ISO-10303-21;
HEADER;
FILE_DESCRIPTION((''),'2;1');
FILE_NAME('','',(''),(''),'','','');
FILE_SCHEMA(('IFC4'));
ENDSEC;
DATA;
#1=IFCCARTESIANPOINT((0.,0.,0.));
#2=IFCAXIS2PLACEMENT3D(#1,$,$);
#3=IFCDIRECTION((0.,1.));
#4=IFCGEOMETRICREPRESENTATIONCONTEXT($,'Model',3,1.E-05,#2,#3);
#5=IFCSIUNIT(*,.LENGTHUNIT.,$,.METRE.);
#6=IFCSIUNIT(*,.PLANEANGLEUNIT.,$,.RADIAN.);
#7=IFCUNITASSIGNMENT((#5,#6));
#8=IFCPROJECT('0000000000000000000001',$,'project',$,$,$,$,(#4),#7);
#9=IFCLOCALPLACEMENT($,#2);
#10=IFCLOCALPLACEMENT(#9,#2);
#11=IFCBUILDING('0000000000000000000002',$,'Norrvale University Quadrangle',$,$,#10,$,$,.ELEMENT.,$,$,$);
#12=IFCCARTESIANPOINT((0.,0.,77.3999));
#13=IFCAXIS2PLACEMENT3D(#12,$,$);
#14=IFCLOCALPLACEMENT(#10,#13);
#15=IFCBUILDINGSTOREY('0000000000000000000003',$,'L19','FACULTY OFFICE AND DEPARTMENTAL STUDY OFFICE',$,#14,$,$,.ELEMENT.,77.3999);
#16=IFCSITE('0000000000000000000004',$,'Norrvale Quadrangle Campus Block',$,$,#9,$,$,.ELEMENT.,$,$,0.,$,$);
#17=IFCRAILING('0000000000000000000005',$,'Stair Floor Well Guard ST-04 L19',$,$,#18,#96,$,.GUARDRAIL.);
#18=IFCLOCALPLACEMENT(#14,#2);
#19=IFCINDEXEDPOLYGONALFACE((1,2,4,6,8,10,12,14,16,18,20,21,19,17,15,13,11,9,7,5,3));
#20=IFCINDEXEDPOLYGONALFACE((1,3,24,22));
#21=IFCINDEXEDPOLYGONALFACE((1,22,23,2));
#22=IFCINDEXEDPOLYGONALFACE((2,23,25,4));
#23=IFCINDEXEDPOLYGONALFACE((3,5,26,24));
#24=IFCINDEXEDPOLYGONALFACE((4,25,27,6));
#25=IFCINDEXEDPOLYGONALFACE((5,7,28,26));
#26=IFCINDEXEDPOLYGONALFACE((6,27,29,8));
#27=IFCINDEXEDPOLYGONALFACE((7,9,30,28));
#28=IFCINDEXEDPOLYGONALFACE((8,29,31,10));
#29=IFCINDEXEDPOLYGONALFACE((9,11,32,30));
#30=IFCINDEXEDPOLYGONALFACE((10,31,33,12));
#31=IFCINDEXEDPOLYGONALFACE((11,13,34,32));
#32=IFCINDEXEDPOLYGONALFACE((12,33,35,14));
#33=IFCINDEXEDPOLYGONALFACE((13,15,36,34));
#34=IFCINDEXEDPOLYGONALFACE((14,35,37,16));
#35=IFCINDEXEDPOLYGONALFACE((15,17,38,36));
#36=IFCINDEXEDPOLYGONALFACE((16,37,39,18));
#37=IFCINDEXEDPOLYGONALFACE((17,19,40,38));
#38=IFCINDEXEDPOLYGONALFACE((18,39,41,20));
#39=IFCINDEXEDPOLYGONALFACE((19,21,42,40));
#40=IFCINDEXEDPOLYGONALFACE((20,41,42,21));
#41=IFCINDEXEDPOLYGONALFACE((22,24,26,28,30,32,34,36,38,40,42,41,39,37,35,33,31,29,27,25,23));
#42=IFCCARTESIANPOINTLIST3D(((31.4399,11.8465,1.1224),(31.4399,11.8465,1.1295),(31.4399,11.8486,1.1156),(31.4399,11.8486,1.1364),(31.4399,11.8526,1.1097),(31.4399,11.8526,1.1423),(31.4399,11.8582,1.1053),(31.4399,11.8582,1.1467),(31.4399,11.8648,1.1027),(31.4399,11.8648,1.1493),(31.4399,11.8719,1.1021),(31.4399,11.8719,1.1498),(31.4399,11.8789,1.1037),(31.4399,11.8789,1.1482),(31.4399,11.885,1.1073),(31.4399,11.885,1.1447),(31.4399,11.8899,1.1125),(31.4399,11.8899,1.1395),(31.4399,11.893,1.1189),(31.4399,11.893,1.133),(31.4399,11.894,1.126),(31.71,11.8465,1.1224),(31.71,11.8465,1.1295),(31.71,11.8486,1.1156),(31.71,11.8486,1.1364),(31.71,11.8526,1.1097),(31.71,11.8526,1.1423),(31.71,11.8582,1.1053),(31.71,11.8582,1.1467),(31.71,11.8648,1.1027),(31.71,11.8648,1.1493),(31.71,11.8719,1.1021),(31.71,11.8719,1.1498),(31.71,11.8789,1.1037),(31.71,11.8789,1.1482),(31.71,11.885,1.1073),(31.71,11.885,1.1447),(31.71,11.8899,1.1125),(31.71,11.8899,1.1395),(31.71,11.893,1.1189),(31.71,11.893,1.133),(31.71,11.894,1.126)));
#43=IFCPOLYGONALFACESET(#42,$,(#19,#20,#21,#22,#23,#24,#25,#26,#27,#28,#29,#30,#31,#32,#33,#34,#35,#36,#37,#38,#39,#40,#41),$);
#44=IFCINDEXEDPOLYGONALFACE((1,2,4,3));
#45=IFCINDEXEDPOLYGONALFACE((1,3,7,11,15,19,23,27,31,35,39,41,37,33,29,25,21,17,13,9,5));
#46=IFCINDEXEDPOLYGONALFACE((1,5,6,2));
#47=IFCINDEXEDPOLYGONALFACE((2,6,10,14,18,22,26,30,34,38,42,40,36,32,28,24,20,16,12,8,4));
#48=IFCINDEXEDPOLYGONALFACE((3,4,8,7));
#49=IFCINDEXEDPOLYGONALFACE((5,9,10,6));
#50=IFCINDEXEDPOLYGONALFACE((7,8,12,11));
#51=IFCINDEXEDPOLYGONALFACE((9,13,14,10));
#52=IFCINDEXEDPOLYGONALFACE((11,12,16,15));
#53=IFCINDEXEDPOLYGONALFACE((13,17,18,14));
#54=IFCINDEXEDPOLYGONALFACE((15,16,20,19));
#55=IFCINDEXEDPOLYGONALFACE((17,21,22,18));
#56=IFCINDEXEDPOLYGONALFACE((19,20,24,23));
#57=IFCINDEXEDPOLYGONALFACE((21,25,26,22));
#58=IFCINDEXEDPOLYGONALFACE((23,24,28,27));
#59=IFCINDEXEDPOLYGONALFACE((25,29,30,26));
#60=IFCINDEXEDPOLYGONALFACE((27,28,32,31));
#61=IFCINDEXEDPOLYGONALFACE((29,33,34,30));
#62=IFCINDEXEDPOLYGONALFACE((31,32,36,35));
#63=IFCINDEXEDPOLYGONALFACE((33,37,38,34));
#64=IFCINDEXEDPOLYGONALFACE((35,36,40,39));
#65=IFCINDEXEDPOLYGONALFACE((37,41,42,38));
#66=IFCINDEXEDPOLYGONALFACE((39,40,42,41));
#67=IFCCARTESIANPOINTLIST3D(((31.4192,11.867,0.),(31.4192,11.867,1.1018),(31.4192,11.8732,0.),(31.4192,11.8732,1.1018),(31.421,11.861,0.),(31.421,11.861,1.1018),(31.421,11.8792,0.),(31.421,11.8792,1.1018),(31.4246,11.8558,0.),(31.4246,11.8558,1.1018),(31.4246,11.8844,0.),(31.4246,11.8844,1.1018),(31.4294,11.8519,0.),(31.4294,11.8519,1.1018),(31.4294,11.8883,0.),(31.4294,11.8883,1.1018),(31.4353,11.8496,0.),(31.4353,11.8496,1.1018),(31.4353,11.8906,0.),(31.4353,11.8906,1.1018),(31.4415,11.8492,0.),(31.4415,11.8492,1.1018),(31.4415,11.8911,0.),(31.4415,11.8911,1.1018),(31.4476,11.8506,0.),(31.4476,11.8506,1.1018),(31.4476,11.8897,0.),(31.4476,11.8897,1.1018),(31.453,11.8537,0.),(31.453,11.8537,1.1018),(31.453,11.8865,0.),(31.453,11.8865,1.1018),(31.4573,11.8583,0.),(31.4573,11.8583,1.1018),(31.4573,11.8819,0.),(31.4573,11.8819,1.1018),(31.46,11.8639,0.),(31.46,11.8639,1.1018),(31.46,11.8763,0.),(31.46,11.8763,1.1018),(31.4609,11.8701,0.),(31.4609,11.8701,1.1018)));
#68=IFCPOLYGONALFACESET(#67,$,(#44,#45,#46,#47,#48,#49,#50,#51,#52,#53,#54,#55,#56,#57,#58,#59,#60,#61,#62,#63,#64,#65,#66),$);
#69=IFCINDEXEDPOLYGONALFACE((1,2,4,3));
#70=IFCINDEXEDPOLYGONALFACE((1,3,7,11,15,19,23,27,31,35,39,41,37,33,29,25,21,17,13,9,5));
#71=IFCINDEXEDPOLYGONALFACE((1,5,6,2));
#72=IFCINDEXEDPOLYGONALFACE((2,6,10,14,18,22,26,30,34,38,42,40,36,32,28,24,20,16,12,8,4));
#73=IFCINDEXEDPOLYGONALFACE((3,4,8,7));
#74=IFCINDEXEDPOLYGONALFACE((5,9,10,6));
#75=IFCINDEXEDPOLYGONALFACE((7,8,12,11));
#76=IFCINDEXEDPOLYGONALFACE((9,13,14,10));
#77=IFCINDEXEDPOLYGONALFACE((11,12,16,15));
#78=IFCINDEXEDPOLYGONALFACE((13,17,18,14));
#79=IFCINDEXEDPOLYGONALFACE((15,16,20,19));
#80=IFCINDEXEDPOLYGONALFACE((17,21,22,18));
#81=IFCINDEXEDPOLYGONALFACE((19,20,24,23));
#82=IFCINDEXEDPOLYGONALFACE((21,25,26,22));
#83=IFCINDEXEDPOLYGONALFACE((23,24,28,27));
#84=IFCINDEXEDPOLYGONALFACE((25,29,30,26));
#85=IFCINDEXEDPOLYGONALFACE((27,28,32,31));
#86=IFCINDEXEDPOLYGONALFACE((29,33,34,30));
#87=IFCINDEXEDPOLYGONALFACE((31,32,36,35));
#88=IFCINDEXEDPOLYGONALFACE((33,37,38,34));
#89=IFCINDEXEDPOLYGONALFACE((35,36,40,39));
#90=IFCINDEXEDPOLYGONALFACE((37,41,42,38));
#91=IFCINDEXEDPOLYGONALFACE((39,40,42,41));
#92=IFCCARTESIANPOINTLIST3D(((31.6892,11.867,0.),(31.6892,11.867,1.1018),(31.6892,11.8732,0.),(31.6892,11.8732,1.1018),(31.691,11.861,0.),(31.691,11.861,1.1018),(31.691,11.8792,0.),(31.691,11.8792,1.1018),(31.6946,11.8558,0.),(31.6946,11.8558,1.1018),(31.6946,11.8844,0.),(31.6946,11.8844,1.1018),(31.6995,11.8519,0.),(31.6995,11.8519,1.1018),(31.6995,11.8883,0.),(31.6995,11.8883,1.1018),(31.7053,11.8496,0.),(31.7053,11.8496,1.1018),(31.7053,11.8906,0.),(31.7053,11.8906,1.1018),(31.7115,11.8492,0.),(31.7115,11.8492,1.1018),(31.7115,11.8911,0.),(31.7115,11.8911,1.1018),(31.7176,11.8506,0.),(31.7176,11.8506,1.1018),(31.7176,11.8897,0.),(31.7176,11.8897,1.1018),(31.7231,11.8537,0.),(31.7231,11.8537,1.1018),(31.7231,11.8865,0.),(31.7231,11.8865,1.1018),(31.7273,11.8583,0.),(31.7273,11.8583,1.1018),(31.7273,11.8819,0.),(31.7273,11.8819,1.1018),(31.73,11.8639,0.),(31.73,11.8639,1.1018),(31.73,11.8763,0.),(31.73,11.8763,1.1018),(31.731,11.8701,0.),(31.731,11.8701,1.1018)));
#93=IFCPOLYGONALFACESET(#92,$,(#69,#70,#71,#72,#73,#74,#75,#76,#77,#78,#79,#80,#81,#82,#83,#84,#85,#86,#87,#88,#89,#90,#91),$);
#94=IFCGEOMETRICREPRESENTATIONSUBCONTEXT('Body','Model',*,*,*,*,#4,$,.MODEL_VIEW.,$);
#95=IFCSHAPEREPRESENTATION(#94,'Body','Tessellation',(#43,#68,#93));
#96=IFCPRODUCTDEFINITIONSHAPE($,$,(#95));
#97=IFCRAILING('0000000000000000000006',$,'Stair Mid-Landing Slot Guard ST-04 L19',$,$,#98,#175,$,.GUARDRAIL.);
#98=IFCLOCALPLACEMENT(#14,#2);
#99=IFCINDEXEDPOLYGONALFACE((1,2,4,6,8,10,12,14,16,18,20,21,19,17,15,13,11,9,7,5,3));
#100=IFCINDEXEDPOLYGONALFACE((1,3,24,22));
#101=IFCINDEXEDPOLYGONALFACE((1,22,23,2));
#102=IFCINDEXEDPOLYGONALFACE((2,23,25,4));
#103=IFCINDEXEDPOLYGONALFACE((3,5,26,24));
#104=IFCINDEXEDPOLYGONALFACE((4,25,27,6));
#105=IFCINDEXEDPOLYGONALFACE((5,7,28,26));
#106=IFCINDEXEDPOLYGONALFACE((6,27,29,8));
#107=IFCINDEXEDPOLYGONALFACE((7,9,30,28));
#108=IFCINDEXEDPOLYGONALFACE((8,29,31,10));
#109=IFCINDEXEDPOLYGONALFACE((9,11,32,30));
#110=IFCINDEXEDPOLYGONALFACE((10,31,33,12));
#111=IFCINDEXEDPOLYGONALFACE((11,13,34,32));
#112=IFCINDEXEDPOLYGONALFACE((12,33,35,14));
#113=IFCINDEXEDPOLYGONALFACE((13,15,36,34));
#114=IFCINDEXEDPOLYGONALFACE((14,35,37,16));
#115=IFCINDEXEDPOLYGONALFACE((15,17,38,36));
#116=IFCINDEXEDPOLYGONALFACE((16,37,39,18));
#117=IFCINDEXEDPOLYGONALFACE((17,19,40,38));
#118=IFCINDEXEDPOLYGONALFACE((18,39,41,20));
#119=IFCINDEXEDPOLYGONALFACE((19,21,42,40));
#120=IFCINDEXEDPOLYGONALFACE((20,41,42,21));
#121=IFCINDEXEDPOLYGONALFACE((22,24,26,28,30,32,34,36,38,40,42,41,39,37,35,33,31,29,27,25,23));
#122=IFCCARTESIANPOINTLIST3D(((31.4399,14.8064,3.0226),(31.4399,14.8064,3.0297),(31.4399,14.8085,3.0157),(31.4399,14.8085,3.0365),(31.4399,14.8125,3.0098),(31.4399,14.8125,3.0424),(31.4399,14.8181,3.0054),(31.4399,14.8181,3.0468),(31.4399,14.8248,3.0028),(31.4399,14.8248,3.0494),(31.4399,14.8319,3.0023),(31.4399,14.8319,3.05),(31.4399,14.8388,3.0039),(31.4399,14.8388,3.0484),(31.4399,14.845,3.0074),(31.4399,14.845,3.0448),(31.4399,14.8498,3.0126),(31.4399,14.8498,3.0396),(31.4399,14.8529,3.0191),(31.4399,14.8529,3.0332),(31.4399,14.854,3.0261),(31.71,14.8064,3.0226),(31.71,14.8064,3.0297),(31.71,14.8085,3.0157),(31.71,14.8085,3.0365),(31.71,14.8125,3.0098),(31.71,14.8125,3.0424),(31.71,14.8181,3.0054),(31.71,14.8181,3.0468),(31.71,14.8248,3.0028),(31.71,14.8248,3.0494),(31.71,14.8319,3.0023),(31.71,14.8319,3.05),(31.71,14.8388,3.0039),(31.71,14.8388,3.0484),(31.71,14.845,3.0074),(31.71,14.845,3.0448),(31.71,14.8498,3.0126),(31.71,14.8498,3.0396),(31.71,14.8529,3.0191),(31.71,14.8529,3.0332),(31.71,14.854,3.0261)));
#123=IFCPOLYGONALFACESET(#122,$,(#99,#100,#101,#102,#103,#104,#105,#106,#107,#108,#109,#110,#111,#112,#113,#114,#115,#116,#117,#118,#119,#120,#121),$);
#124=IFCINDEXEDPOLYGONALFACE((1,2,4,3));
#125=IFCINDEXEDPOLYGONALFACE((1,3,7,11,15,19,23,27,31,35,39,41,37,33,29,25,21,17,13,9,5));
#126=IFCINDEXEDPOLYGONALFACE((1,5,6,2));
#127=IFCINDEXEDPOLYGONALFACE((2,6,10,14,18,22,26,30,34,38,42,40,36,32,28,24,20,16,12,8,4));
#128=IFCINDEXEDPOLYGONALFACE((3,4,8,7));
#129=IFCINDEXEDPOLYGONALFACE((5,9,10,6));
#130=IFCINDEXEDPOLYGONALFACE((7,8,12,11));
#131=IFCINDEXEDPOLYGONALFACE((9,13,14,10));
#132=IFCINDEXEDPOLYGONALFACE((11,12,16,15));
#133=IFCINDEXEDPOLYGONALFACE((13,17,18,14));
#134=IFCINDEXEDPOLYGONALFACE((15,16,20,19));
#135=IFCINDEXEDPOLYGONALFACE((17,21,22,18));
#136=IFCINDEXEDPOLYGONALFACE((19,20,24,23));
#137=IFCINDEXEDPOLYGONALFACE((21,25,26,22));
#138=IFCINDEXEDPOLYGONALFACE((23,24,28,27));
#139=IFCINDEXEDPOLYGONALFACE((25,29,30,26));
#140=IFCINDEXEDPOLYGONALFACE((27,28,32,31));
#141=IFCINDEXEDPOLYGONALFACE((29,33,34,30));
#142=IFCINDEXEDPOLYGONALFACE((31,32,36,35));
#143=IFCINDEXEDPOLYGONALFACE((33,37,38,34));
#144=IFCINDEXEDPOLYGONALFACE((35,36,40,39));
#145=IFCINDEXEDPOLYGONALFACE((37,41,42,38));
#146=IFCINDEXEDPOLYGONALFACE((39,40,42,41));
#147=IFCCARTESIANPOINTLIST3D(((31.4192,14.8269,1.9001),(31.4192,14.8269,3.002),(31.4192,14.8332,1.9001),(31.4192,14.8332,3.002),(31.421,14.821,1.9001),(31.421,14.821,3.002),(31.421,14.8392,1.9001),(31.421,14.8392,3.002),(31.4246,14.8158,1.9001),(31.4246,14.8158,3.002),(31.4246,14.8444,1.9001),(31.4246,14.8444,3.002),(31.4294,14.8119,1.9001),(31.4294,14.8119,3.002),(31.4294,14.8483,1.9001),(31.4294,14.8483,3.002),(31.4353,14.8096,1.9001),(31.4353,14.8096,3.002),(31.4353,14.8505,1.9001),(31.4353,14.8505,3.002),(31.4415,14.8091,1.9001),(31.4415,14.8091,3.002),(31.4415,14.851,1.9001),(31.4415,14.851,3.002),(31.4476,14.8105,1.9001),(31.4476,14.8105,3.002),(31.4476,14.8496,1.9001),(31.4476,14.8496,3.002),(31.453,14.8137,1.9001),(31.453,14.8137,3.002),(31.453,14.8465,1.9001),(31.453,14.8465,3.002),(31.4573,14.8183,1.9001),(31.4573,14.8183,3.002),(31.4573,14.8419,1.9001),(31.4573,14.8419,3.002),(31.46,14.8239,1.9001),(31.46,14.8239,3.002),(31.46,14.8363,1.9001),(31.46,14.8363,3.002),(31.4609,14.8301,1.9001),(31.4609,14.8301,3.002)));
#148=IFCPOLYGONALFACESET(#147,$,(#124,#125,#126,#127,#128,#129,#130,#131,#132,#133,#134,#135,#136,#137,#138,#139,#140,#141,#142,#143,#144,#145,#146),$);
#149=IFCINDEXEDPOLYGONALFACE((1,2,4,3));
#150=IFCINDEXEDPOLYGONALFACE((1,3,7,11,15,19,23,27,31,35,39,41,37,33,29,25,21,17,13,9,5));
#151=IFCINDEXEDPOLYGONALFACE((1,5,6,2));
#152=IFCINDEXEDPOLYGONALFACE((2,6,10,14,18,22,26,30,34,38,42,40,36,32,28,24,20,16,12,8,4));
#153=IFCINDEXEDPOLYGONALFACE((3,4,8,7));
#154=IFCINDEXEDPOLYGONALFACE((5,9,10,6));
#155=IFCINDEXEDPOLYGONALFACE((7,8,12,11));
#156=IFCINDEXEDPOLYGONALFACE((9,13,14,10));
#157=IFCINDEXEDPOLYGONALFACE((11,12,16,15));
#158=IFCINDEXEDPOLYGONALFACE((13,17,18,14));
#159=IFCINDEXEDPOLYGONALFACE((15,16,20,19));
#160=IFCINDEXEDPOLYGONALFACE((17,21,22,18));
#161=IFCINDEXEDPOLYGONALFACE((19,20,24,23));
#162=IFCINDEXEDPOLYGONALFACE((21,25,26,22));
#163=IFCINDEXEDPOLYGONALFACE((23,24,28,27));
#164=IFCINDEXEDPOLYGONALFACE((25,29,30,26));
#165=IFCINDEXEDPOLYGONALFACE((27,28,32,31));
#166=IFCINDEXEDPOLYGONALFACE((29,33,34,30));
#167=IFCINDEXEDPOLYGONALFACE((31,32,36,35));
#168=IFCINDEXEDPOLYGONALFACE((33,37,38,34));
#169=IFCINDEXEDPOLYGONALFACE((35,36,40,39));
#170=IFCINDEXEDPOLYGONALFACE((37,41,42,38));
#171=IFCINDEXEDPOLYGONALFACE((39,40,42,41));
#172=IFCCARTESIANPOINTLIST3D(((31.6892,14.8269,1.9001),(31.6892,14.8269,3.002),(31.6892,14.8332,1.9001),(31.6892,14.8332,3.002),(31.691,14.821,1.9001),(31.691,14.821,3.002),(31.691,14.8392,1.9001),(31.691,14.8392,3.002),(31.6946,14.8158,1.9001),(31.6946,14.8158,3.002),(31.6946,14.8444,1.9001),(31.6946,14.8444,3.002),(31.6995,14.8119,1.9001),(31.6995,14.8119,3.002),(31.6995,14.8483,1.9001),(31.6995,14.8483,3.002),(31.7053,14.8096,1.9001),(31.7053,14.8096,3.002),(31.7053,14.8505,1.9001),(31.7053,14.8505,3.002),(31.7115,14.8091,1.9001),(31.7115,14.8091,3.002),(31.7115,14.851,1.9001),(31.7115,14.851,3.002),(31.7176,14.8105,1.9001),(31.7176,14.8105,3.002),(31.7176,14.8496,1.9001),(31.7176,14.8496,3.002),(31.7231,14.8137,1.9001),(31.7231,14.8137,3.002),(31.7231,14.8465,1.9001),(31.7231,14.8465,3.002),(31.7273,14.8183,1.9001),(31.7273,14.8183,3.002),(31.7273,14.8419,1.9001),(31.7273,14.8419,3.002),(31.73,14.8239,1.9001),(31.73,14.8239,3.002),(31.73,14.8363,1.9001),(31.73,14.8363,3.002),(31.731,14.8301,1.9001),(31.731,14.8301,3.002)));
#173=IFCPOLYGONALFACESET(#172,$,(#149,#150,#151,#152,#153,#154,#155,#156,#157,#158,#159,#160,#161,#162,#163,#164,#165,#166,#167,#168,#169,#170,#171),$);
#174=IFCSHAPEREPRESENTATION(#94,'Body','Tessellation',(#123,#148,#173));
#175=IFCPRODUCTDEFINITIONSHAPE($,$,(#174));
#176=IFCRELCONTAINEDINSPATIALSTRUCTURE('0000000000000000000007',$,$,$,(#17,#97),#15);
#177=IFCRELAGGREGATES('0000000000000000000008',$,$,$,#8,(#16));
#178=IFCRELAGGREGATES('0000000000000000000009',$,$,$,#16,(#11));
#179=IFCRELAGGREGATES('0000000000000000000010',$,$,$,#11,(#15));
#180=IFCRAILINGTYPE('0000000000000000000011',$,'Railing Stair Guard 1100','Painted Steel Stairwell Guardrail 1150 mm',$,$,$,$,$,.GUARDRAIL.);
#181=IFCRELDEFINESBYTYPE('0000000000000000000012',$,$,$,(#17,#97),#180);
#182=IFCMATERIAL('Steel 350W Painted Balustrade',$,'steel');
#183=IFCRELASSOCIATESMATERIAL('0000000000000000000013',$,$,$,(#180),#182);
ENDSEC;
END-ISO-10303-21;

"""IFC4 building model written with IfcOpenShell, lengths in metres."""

from ifc_helpers import new_model, si_unit, direction, frame, origin, origin_2d, place, context, subcontext, project, spatial, circle, extrude, material, type_object, element, save


model = new_model("IFC4")

# Units and contexts
model_context = context("Model", 3, precision=1e-05, world=origin(), true_north=direction((0.0, 1.0)))
body_context = subcontext(model_context, "Body", "Model", "MODEL_VIEW")
ifc_project = project(units=[si_unit("LENGTHUNIT", "METRE"), si_unit("PLANEANGLEUNIT", "RADIAN")], contexts=[model_context])

# Site, building, storey
site_placement = place(None, origin())
site = spatial("IfcSite", under=ifc_project, at=site_placement, Name="Norrvale Quadrangle Campus Block", CompositionType="ELEMENT", RefElevation=0.0)
building_placement = place(site_placement, origin())
building = spatial("IfcBuilding", under=site, at=building_placement, Name="Norrvale University Quadrangle", CompositionType="ELEMENT")
storey_placement = place(building_placement, frame((0.0, 0.0, 77.3999)))
storey = spatial("IfcBuildingStorey", under=building, at=storey_placement, Name="L19", Description="FACULTY OFFICE AND DEPARTMENTAL STUDY OFFICE", CompositionType="ELEMENT", Elevation=77.3999)

# Railings
ifc_material_1 = material(Name="Steel 350W Painted Balustrade", Category="steel")
railing_type_1 = type_object("IfcRailingType", Name="Railing Stair Guard 1100", Description="Painted Steel Stairwell Guardrail 1150 mm", PredefinedType="GUARDRAIL", material=ifc_material_1)
for number, where, name in (
    (1, (31.4399, 11.8701, 0.0), "Stair Floor Well Guard ST-04 L19"),
    (2, (31.4399, 14.8301, 1.9001), "Stair Mid-Landing Slot Guard ST-04 L19"),
):
    element("IfcRailing", number, at=place(storey_placement, frame(where)), inside=storey, type_object=railing_type_1, Name=name, PredefinedType="GUARDRAIL", context=body_context, shape_type="SweptSolid", body=[
        extrude(circle(Radius=0.0239, at=origin_2d()), frame((0.0, 0.0, 1.126), z_axis=(1.0, 0.0, 0.0), x_axis=(0.0, 1.0, 0.0)), (0.0, 0.0, 1.0), 0.27),
        extrude(circle(Radius=0.021, at=origin_2d()), origin(), (0.0, 0.0, 1.0), 1.1018),
        extrude(circle(Radius=0.021, at=origin_2d()), frame((0.27, 0.0, 0.0)), (0.0, 0.0, 1.0), 1.1018),
    ])

save(model, "model.ifc")
